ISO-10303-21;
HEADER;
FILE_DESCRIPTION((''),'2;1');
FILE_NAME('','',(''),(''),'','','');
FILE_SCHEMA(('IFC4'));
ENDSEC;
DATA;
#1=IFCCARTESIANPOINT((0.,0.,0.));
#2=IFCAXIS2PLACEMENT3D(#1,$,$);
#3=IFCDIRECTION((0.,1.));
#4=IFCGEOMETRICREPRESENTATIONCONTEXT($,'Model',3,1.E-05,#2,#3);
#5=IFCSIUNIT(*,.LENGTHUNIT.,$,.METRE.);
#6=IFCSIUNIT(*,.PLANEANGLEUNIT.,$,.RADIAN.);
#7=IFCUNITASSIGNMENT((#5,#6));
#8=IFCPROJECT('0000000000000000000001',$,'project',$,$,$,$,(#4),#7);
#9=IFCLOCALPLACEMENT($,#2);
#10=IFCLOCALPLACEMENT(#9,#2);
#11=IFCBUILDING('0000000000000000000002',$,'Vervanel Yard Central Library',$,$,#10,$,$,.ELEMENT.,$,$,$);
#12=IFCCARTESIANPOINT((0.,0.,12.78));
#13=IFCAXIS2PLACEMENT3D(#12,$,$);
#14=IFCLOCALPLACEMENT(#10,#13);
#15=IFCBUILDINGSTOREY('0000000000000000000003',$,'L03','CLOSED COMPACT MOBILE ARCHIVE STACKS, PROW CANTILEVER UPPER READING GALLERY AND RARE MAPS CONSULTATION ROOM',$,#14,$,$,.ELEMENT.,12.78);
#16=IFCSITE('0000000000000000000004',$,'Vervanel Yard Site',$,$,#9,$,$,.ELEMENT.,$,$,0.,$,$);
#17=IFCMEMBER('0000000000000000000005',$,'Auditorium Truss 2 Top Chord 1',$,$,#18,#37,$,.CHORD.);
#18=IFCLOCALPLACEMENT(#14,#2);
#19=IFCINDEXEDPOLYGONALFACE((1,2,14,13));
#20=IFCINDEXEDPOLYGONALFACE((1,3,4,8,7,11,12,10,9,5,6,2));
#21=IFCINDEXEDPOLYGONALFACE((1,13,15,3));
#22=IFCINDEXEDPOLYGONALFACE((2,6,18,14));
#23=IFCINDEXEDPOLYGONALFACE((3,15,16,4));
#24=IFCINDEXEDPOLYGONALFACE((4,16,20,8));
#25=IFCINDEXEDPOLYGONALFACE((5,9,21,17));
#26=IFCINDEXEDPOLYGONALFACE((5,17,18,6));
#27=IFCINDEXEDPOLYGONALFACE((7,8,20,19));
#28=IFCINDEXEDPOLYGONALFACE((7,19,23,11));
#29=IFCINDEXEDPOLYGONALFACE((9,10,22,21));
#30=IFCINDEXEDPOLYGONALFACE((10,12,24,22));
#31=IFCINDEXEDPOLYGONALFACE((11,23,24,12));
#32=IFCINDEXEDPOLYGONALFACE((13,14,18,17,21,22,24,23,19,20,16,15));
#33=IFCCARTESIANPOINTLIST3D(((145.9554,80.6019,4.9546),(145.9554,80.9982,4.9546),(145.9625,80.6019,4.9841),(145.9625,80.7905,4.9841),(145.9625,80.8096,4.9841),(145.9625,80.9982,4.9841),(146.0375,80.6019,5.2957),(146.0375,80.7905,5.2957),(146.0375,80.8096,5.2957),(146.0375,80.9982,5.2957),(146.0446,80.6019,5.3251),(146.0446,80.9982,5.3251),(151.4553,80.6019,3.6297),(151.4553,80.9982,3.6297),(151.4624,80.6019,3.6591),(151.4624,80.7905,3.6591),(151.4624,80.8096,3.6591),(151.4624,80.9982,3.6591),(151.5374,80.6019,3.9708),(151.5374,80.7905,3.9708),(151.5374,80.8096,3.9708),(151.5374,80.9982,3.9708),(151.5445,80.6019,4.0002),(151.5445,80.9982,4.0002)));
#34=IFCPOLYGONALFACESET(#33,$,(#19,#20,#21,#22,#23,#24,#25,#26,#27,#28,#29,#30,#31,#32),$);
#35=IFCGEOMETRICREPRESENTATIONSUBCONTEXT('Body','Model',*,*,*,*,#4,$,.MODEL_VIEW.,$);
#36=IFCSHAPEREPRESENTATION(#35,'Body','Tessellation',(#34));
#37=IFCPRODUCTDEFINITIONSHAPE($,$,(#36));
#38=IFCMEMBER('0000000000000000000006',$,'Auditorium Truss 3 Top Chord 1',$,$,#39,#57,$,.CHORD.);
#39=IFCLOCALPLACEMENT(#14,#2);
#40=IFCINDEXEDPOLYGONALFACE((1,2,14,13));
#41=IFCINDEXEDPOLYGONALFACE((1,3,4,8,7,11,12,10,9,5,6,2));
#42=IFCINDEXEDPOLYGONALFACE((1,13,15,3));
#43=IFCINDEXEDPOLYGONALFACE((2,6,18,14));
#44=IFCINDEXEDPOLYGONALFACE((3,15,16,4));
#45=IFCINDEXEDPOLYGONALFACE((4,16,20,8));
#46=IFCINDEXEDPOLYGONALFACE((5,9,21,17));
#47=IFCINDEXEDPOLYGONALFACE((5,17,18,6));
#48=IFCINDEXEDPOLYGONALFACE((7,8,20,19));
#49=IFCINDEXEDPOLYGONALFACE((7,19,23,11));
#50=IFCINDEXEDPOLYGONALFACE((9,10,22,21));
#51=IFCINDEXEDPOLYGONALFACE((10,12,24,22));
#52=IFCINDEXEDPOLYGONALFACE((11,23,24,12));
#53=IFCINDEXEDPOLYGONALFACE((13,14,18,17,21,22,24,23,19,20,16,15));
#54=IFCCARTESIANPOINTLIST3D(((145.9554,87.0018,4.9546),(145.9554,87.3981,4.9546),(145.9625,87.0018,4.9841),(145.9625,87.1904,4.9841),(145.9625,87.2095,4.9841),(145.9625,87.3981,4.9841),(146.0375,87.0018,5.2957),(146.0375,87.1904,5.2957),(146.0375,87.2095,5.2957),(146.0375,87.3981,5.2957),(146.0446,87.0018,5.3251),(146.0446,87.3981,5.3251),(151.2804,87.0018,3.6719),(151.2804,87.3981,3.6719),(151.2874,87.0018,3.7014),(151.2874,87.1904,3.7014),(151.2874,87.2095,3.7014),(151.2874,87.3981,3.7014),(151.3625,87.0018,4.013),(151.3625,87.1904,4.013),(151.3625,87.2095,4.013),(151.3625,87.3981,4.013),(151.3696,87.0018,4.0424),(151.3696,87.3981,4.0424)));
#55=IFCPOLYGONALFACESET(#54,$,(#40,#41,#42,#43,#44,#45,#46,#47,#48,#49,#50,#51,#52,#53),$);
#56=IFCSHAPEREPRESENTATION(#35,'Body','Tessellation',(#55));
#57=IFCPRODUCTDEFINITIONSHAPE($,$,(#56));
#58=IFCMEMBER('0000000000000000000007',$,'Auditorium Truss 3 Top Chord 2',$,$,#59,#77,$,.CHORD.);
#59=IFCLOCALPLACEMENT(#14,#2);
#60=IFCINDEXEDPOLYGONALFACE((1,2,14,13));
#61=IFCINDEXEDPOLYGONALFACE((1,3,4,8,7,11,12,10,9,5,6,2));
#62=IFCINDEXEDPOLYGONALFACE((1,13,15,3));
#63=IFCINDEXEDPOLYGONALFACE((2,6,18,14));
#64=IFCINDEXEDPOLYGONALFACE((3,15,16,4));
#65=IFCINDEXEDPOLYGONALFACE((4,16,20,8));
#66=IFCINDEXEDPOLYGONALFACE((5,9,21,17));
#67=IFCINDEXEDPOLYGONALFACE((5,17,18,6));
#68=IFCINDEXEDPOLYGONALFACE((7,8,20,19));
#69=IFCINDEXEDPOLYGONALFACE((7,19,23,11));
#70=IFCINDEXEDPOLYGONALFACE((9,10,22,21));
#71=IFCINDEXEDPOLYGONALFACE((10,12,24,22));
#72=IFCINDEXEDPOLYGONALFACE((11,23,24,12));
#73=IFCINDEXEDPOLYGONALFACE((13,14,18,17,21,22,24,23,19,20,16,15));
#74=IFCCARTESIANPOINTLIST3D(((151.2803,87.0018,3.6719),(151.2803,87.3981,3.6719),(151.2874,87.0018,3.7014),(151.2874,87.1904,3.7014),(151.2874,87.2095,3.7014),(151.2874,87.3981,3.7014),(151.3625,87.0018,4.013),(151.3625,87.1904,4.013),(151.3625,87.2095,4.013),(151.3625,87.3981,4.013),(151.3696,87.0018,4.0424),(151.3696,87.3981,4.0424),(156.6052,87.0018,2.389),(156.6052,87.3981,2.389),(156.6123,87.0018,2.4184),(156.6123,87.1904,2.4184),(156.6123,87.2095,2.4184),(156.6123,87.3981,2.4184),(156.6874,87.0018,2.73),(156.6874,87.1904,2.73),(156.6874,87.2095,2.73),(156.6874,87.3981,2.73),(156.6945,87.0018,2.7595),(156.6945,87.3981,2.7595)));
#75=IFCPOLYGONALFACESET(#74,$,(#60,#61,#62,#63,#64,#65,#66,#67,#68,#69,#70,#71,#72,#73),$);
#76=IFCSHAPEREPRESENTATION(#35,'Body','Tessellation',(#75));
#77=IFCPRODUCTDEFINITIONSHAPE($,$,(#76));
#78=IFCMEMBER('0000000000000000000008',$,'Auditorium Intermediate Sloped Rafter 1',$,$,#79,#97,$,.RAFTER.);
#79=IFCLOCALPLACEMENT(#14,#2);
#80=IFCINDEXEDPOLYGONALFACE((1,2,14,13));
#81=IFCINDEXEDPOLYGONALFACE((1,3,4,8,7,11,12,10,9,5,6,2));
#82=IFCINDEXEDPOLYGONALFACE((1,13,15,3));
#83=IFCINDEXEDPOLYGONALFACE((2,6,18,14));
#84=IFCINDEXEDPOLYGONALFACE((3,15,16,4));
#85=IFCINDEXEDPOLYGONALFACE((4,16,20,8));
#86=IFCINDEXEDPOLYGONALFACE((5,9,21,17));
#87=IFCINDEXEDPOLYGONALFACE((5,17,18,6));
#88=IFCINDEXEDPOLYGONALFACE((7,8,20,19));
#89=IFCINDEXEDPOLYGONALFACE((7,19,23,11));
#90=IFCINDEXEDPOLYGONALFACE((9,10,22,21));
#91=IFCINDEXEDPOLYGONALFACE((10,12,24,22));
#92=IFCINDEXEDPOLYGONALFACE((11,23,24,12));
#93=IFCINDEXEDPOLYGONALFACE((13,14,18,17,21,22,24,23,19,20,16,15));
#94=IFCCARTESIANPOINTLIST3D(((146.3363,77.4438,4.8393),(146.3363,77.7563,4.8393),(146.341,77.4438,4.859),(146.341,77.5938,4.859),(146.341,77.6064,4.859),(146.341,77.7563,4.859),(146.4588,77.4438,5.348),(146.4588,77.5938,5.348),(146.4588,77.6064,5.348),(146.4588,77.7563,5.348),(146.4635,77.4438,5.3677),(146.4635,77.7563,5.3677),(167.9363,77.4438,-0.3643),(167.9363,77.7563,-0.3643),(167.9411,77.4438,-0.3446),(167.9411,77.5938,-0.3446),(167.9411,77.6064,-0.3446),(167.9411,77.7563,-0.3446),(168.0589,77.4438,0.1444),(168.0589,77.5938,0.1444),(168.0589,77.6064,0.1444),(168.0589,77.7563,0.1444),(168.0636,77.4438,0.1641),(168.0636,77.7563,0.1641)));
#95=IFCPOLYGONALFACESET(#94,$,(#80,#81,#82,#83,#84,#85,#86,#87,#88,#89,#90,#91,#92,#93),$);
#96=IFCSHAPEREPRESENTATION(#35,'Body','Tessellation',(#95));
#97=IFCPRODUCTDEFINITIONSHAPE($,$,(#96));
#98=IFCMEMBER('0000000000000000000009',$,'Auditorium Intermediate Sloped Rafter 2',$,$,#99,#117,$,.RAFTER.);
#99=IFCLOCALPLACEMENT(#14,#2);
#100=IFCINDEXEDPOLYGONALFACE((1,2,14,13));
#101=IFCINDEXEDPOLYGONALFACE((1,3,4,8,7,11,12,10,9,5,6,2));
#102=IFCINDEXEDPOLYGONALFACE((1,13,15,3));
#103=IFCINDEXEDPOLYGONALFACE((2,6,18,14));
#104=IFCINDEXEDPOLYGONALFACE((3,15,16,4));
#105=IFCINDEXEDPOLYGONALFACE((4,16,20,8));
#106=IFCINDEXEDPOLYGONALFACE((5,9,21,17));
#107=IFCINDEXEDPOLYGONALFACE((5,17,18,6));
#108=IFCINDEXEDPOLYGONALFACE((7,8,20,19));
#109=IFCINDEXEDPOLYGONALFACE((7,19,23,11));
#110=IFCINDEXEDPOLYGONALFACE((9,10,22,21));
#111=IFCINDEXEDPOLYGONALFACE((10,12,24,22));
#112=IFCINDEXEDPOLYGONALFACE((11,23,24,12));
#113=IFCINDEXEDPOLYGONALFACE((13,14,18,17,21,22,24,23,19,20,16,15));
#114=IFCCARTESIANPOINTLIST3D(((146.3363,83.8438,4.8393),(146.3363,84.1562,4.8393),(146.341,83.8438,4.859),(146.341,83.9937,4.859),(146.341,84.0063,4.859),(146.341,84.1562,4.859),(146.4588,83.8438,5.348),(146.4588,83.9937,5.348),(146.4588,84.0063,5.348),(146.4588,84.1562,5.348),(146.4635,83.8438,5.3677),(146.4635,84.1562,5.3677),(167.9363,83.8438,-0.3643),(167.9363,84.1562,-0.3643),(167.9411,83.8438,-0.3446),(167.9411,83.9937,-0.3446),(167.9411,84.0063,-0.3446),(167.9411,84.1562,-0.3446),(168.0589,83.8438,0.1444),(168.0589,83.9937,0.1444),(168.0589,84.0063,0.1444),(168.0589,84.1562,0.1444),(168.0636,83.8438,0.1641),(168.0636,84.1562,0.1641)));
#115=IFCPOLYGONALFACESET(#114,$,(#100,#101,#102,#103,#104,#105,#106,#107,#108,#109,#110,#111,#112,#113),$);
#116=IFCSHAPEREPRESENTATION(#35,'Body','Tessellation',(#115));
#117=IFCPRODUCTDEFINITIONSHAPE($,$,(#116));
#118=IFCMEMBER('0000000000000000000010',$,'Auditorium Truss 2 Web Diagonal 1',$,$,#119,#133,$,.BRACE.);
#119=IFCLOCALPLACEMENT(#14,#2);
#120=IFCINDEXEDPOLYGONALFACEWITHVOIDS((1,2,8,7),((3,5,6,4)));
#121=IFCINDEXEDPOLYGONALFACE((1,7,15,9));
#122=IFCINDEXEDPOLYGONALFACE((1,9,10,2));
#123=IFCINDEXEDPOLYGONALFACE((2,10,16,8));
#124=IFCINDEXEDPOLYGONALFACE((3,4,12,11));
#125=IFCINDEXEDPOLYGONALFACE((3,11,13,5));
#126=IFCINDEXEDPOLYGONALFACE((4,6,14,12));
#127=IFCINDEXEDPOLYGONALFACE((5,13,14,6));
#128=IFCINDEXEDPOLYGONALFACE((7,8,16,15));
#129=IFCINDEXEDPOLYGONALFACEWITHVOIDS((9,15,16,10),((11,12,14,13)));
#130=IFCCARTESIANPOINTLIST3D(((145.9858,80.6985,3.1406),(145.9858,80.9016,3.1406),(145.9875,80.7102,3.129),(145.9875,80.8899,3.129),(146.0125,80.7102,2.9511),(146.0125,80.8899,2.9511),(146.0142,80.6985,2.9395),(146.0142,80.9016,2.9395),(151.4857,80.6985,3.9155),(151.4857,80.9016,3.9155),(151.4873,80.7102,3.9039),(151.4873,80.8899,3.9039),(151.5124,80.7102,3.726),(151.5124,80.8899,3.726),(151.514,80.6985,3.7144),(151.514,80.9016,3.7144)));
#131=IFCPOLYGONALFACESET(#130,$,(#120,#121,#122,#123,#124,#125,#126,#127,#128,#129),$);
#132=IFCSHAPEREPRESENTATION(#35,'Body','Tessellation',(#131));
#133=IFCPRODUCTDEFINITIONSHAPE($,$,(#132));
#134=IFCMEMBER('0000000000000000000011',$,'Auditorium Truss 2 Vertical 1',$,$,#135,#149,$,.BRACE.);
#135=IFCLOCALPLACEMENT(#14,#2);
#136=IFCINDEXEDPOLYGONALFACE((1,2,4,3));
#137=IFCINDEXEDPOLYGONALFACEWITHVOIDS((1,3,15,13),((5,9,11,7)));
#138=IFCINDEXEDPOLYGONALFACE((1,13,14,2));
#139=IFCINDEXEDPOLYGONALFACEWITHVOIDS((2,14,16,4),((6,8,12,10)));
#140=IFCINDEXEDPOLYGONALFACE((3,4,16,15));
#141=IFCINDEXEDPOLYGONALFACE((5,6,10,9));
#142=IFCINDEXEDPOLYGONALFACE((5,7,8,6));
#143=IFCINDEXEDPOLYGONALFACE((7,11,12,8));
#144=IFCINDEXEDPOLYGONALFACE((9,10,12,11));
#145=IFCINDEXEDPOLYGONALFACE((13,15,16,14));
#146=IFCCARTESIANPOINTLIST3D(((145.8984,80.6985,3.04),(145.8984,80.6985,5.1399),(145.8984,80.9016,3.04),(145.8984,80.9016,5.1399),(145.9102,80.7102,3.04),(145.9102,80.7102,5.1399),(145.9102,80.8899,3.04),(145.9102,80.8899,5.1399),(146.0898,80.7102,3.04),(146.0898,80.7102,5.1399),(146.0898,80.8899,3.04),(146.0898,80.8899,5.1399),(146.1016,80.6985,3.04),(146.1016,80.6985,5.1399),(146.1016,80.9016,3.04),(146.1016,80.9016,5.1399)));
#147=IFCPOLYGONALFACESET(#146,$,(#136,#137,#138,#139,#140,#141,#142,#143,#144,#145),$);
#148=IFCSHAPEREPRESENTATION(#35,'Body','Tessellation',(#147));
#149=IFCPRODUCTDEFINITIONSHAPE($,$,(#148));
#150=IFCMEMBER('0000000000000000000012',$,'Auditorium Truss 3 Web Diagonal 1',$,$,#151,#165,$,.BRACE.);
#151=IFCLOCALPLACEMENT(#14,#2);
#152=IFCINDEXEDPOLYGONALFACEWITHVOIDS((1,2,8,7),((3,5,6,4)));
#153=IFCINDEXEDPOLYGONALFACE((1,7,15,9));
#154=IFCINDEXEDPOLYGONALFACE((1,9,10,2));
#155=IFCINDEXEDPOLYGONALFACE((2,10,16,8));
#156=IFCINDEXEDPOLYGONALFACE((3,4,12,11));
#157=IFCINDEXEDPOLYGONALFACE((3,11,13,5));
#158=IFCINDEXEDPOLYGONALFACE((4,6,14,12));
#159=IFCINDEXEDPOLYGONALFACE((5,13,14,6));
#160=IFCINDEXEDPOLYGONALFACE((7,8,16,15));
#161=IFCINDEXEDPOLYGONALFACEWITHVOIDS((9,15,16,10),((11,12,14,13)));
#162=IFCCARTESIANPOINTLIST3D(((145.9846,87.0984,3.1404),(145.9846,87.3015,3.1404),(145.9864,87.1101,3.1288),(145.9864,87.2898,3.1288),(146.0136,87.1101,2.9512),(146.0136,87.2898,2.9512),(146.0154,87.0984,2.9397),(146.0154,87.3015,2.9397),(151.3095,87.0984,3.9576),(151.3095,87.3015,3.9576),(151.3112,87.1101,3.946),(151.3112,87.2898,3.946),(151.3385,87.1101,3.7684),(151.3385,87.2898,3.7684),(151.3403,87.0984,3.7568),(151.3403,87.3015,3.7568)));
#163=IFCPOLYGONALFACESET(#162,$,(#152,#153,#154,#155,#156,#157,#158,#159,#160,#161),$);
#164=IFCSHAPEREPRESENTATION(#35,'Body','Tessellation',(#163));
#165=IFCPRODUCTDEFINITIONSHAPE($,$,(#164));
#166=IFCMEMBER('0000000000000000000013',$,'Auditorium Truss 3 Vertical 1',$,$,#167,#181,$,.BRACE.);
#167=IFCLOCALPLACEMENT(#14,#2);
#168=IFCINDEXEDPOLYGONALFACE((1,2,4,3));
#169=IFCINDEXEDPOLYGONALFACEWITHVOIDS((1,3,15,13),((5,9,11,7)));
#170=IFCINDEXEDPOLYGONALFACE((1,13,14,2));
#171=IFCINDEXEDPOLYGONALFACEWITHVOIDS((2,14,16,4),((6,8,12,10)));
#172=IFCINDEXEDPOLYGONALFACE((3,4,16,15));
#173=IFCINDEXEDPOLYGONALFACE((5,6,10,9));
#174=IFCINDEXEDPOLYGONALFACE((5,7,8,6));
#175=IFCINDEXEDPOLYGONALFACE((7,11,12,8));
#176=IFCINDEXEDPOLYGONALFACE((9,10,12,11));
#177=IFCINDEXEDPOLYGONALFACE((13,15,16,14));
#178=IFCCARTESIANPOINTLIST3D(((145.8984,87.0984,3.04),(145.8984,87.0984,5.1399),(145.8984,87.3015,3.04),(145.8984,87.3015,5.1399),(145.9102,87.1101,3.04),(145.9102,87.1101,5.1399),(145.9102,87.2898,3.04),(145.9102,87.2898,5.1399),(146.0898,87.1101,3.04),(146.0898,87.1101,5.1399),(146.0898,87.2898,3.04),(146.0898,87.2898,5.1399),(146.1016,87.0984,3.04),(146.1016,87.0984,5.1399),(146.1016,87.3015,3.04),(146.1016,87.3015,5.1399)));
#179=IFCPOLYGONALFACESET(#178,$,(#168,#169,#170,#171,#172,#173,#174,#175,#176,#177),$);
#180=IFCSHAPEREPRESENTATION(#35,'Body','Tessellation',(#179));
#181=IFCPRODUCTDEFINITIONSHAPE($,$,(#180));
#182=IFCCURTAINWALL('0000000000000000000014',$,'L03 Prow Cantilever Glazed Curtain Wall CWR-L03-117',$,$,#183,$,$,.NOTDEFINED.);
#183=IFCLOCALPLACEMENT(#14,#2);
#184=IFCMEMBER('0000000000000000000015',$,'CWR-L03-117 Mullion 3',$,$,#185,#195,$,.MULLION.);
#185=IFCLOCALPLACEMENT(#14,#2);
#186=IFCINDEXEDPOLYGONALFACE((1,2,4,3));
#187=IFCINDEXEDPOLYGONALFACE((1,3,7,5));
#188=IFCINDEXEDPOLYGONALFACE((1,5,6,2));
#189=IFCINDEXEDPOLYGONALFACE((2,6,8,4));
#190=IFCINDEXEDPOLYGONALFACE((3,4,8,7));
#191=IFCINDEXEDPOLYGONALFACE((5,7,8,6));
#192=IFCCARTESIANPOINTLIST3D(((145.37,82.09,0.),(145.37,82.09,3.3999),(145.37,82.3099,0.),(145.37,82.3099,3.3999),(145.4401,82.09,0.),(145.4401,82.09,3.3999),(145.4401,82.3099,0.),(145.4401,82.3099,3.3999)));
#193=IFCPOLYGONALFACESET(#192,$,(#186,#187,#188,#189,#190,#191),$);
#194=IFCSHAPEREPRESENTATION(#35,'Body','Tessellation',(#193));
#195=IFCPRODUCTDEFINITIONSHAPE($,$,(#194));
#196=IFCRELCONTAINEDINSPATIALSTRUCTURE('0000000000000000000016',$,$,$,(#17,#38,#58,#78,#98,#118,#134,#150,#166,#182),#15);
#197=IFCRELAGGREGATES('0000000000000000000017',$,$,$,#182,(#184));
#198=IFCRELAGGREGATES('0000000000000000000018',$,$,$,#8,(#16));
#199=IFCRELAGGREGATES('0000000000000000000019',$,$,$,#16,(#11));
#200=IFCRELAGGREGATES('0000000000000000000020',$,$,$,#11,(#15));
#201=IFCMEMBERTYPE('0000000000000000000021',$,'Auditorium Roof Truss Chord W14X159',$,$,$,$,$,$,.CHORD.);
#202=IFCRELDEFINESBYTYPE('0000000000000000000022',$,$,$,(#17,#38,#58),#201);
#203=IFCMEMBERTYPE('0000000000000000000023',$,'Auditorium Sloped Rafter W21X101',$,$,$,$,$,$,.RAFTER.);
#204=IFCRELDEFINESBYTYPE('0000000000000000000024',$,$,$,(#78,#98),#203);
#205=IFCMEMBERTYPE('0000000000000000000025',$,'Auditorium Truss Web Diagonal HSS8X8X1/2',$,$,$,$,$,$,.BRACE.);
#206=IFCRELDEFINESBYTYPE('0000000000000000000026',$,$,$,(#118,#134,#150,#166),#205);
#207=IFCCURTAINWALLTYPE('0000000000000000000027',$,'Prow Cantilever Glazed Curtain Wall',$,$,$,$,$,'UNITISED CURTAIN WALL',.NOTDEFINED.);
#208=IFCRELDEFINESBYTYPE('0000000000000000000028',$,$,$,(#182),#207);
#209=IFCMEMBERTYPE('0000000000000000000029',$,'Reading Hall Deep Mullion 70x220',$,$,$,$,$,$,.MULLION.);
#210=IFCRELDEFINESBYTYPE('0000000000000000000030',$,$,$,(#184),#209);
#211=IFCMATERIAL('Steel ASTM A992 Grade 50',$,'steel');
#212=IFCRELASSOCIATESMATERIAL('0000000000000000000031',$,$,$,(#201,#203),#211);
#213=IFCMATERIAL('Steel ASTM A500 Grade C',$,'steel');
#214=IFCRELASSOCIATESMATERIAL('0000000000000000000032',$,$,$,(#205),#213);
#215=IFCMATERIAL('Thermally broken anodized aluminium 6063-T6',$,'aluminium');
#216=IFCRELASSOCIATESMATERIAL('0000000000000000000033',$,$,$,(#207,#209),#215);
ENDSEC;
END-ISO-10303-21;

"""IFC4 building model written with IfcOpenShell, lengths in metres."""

from ifc_helpers import new_model, si_unit, direction, frame, origin, origin_2d, place, context, subcontext, project, spatial, rectangle, hollow_rectangle, i_section, extrude, material, material_profile, profile_set, type_object, element, aggregate, save


model = new_model("IFC4")

# Units and contexts
model_context = context("Model", 3, precision=1e-05, world=origin(), true_north=direction((0.0, 1.0)))
body_context = subcontext(model_context, "Body", "Model", "MODEL_VIEW")
ifc_project = project(units=[si_unit("LENGTHUNIT", "METRE"), si_unit("PLANEANGLEUNIT", "RADIAN")], contexts=[model_context])

# Site, building, storey
site_placement = place(None, origin())
site = spatial("IfcSite", under=ifc_project, at=site_placement, Name="Vervanel Yard Site", CompositionType="ELEMENT", RefElevation=0.0)
building_placement = place(site_placement, origin())
building = spatial("IfcBuilding", under=site, at=building_placement, Name="Vervanel Yard Central Library", CompositionType="ELEMENT")
storey_placement = place(building_placement, frame((0.0, 0.0, 12.78)))
storey = spatial("IfcBuildingStorey", under=building, at=storey_placement, Name="L03", Description="CLOSED COMPACT MOBILE ARCHIVE STACKS, PROW CANTILEVER UPPER READING GALLERY AND RARE MAPS CONSULTATION ROOM", CompositionType="ELEMENT", Elevation=12.78)

# Shared definitions
ifc_material_1 = material(Name="Steel ASTM A992 Grade 50", Category="steel")

# Members
ifc_material_profile_1 = material_profile(ifc_material_1, i_section(OverallWidth=0.3962, OverallDepth=0.3811, WebThickness=0.019, FlangeThickness=0.0303, at=origin_2d()), Name="W14X159", Category="steel")
ifc_profile_set_1 = profile_set([ifc_material_profile_1], Name="Steel ASTM A992 Grade 50")
member_type_1 = type_object("IfcMemberType", Name="Auditorium Roof Truss Chord W14X159", PredefinedType="CHORD", material=ifc_profile_set_1)
member_1_placement = place(storey_placement, frame((146.0, 80.8, 5.1399), z_axis=(0.972188, 0.0, -0.2342), x_axis=(0.0, 1.0, 0.0)))
element("IfcMember", 1, at=member_1_placement, inside=storey, type_object=member_type_1, Name="Auditorium Truss 2 Top Chord 1", PredefinedType="CHORD", context=body_context, shape_type="SweptSolid", body=[
    extrude(i_section(OverallWidth=0.3962, OverallDepth=0.3811, WebThickness=0.019, FlangeThickness=0.0303, at=origin_2d()), origin(), (0.0, 0.0, 1.0), 5.6572),
])
for number, where, z_axis, x_axis, name in (
    (2, (146.0, 87.2, 5.1399), (0.972191, 0.0, -0.234189), (0.0, 1.0, 0.0), "Auditorium Truss 3 Top Chord 1"),
    (3, (151.325, 87.2, 3.8572), (0.972181, 0.0, -0.234231), (0.0, 1.0, 0.0), "Auditorium Truss 3 Top Chord 2"),
):
    element("IfcMember", number, at=place(storey_placement, frame(where, z_axis=z_axis, x_axis=x_axis)), inside=storey, type_object=member_type_1, Name=name, PredefinedType="CHORD", context=body_context, shape_type="SweptSolid", body=[
        extrude(i_section(OverallWidth=0.3962, OverallDepth=0.3811, WebThickness=0.019, FlangeThickness=0.0303, at=origin_2d()), origin(), (0.0, 0.0, 1.0), 5.4773),
    ])
ifc_material_profile_2 = material_profile(ifc_material_1, i_section(OverallWidth=0.3125, OverallDepth=0.5435, WebThickness=0.0127, FlangeThickness=0.0203, at=origin_2d()), Name="W21X101", Category="steel")
ifc_profile_set_2 = profile_set([ifc_material_profile_2], Name="Steel ASTM A992 Grade 50")
member_type_2 = type_object("IfcMemberType", Name="Auditorium Sloped Rafter W21X101", PredefinedType="RAFTER", material=ifc_profile_set_2)
for number, where, z_axis, x_axis, name in (
    (4, (146.3999, 77.6001, 5.1035), (0.972187, 0.0, -0.234207), (0.0, 1.0, 0.0), "Auditorium Intermediate Sloped Rafter 1"),
    (5, (146.3999, 84.0, 5.1035), (0.972187, 0.0, -0.234207), (0.0, 1.0, 0.0), "Auditorium Intermediate Sloped Rafter 2"),
):
    element("IfcMember", number, at=place(storey_placement, frame(where, z_axis=z_axis, x_axis=x_axis)), inside=storey, type_object=member_type_2, Name=name, PredefinedType="RAFTER", context=body_context, shape_type="SweptSolid", body=[
        extrude(i_section(OverallWidth=0.3125, OverallDepth=0.5435, WebThickness=0.0127, FlangeThickness=0.0203, at=origin_2d()), origin(), (0.0, 0.0, 1.0), 22.218),
    ])
ifc_material_2 = material(Name="Steel ASTM A500 Grade C", Category="steel")
ifc_material_profile_3 = material_profile(ifc_material_2, hollow_rectangle(XDim=0.2031, YDim=0.2031, WallThickness=0.0117, at=origin_2d()), Name="HSS8X8X1/2", Category="steel")
ifc_profile_set_3 = profile_set([ifc_material_profile_3], Name="Steel ASTM A500 Grade C")
member_type_3 = type_object("IfcMemberType", Name="Auditorium Truss Web Diagonal HSS8X8X1/2", PredefinedType="BRACE", material=ifc_profile_set_3)
member_2_placement = place(storey_placement, frame((146.0, 80.8, 3.04), z_axis=(0.99022, 0.0, 0.139513), x_axis=(0.0, 1.0, 0.0)))
element("IfcMember", 6, at=member_2_placement, inside=storey, type_object=member_type_3, Name="Auditorium Truss 2 Web Diagonal 1", PredefinedType="BRACE", context=body_context, shape_type="SweptSolid", body=[
    extrude(hollow_rectangle(XDim=0.2031, YDim=0.2031, WallThickness=0.0117, at=origin_2d()), origin(), (0.0, 0.0, 1.0), 5.5542),
])
member_3_placement = place(storey_placement, frame((146.0, 80.8, 3.04), z_axis=(0.0, 0.0, 1.0), x_axis=(1.0, 0.0, 0.0)))
element("IfcMember", 7, at=member_3_placement, inside=storey, type_object=member_type_3, Name="Auditorium Truss 2 Vertical 1", PredefinedType="BRACE", context=body_context, shape_type="SweptSolid", body=[
    extrude(hollow_rectangle(XDim=0.2031, YDim=0.2031, WallThickness=0.0117, at=origin_2d()), origin(), (0.0, 0.0, 1.0), 2.0999),
])
member_4_placement = place(storey_placement, frame((146.0, 87.2, 3.04), z_axis=(0.98843, 0.0, 0.151679), x_axis=(0.0, 1.0, 0.0)))
element("IfcMember", 8, at=member_4_placement, inside=storey, type_object=member_type_3, Name="Auditorium Truss 3 Web Diagonal 1", PredefinedType="BRACE", context=body_context, shape_type="SweptSolid", body=[
    extrude(hollow_rectangle(XDim=0.2031, YDim=0.2031, WallThickness=0.0117, at=origin_2d()), origin(), (0.0, 0.0, 1.0), 5.3872),
])
member_5_placement = place(storey_placement, frame((146.0, 87.2, 3.04), z_axis=(0.0, 0.0, 1.0), x_axis=(1.0, 0.0, 0.0)))
element("IfcMember", 9, at=member_5_placement, inside=storey, type_object=member_type_3, Name="Auditorium Truss 3 Vertical 1", PredefinedType="BRACE", context=body_context, shape_type="SweptSolid", body=[
    extrude(hollow_rectangle(XDim=0.2031, YDim=0.2031, WallThickness=0.0117, at=origin_2d()), origin(), (0.0, 0.0, 1.0), 2.0999),
])

# Curtain wall, member
ifc_material_3 = material(Name="Thermally broken anodized aluminium 6063-T6", Category="aluminium")
curtain_wall_type = type_object("IfcCurtainWallType", Name="Prow Cantilever Glazed Curtain Wall", ElementType="UNITISED CURTAIN WALL", PredefinedType="NOTDEFINED", material=ifc_material_3)
curtain_wall_placement = place(storey_placement, origin())
curtain_wall = element("IfcCurtainWall", 10, at=curtain_wall_placement, inside=storey, type_object=curtain_wall_type, Name="L03 Prow Cantilever Glazed Curtain Wall CWR-L03-117", PredefinedType="NOTDEFINED")
ifc_material_profile_4 = material_profile(ifc_material_3, rectangle(XDim=0.0701, YDim=0.22, at=origin_2d()), Name="ALU 70x220", Category="aluminium")
ifc_profile_set_4 = profile_set([ifc_material_profile_4], Name="Thermally broken anodized aluminium 6063-T6")
member_type_4 = type_object("IfcMemberType", Name="Reading Hall Deep Mullion 70x220", PredefinedType="MULLION", material=ifc_profile_set_4)
member_6_placement = place(storey_placement, frame((145.405, 82.2, 0.0), z_axis=(0.0, 0.0, 1.0), x_axis=(1.0, 0.0, 0.0)))
member_6 = element("IfcMember", 11, at=member_6_placement, type_object=member_type_4, Name="CWR-L03-117 Mullion 3", PredefinedType="MULLION", context=body_context, shape_type="SweptSolid", body=[
    extrude(rectangle(XDim=0.0701, YDim=0.22, at=origin_2d()), origin(), (0.0, 0.0, 1.0), 3.3999),
])

aggregate(curtain_wall, [member_6])

save(model, "model.ifc")
